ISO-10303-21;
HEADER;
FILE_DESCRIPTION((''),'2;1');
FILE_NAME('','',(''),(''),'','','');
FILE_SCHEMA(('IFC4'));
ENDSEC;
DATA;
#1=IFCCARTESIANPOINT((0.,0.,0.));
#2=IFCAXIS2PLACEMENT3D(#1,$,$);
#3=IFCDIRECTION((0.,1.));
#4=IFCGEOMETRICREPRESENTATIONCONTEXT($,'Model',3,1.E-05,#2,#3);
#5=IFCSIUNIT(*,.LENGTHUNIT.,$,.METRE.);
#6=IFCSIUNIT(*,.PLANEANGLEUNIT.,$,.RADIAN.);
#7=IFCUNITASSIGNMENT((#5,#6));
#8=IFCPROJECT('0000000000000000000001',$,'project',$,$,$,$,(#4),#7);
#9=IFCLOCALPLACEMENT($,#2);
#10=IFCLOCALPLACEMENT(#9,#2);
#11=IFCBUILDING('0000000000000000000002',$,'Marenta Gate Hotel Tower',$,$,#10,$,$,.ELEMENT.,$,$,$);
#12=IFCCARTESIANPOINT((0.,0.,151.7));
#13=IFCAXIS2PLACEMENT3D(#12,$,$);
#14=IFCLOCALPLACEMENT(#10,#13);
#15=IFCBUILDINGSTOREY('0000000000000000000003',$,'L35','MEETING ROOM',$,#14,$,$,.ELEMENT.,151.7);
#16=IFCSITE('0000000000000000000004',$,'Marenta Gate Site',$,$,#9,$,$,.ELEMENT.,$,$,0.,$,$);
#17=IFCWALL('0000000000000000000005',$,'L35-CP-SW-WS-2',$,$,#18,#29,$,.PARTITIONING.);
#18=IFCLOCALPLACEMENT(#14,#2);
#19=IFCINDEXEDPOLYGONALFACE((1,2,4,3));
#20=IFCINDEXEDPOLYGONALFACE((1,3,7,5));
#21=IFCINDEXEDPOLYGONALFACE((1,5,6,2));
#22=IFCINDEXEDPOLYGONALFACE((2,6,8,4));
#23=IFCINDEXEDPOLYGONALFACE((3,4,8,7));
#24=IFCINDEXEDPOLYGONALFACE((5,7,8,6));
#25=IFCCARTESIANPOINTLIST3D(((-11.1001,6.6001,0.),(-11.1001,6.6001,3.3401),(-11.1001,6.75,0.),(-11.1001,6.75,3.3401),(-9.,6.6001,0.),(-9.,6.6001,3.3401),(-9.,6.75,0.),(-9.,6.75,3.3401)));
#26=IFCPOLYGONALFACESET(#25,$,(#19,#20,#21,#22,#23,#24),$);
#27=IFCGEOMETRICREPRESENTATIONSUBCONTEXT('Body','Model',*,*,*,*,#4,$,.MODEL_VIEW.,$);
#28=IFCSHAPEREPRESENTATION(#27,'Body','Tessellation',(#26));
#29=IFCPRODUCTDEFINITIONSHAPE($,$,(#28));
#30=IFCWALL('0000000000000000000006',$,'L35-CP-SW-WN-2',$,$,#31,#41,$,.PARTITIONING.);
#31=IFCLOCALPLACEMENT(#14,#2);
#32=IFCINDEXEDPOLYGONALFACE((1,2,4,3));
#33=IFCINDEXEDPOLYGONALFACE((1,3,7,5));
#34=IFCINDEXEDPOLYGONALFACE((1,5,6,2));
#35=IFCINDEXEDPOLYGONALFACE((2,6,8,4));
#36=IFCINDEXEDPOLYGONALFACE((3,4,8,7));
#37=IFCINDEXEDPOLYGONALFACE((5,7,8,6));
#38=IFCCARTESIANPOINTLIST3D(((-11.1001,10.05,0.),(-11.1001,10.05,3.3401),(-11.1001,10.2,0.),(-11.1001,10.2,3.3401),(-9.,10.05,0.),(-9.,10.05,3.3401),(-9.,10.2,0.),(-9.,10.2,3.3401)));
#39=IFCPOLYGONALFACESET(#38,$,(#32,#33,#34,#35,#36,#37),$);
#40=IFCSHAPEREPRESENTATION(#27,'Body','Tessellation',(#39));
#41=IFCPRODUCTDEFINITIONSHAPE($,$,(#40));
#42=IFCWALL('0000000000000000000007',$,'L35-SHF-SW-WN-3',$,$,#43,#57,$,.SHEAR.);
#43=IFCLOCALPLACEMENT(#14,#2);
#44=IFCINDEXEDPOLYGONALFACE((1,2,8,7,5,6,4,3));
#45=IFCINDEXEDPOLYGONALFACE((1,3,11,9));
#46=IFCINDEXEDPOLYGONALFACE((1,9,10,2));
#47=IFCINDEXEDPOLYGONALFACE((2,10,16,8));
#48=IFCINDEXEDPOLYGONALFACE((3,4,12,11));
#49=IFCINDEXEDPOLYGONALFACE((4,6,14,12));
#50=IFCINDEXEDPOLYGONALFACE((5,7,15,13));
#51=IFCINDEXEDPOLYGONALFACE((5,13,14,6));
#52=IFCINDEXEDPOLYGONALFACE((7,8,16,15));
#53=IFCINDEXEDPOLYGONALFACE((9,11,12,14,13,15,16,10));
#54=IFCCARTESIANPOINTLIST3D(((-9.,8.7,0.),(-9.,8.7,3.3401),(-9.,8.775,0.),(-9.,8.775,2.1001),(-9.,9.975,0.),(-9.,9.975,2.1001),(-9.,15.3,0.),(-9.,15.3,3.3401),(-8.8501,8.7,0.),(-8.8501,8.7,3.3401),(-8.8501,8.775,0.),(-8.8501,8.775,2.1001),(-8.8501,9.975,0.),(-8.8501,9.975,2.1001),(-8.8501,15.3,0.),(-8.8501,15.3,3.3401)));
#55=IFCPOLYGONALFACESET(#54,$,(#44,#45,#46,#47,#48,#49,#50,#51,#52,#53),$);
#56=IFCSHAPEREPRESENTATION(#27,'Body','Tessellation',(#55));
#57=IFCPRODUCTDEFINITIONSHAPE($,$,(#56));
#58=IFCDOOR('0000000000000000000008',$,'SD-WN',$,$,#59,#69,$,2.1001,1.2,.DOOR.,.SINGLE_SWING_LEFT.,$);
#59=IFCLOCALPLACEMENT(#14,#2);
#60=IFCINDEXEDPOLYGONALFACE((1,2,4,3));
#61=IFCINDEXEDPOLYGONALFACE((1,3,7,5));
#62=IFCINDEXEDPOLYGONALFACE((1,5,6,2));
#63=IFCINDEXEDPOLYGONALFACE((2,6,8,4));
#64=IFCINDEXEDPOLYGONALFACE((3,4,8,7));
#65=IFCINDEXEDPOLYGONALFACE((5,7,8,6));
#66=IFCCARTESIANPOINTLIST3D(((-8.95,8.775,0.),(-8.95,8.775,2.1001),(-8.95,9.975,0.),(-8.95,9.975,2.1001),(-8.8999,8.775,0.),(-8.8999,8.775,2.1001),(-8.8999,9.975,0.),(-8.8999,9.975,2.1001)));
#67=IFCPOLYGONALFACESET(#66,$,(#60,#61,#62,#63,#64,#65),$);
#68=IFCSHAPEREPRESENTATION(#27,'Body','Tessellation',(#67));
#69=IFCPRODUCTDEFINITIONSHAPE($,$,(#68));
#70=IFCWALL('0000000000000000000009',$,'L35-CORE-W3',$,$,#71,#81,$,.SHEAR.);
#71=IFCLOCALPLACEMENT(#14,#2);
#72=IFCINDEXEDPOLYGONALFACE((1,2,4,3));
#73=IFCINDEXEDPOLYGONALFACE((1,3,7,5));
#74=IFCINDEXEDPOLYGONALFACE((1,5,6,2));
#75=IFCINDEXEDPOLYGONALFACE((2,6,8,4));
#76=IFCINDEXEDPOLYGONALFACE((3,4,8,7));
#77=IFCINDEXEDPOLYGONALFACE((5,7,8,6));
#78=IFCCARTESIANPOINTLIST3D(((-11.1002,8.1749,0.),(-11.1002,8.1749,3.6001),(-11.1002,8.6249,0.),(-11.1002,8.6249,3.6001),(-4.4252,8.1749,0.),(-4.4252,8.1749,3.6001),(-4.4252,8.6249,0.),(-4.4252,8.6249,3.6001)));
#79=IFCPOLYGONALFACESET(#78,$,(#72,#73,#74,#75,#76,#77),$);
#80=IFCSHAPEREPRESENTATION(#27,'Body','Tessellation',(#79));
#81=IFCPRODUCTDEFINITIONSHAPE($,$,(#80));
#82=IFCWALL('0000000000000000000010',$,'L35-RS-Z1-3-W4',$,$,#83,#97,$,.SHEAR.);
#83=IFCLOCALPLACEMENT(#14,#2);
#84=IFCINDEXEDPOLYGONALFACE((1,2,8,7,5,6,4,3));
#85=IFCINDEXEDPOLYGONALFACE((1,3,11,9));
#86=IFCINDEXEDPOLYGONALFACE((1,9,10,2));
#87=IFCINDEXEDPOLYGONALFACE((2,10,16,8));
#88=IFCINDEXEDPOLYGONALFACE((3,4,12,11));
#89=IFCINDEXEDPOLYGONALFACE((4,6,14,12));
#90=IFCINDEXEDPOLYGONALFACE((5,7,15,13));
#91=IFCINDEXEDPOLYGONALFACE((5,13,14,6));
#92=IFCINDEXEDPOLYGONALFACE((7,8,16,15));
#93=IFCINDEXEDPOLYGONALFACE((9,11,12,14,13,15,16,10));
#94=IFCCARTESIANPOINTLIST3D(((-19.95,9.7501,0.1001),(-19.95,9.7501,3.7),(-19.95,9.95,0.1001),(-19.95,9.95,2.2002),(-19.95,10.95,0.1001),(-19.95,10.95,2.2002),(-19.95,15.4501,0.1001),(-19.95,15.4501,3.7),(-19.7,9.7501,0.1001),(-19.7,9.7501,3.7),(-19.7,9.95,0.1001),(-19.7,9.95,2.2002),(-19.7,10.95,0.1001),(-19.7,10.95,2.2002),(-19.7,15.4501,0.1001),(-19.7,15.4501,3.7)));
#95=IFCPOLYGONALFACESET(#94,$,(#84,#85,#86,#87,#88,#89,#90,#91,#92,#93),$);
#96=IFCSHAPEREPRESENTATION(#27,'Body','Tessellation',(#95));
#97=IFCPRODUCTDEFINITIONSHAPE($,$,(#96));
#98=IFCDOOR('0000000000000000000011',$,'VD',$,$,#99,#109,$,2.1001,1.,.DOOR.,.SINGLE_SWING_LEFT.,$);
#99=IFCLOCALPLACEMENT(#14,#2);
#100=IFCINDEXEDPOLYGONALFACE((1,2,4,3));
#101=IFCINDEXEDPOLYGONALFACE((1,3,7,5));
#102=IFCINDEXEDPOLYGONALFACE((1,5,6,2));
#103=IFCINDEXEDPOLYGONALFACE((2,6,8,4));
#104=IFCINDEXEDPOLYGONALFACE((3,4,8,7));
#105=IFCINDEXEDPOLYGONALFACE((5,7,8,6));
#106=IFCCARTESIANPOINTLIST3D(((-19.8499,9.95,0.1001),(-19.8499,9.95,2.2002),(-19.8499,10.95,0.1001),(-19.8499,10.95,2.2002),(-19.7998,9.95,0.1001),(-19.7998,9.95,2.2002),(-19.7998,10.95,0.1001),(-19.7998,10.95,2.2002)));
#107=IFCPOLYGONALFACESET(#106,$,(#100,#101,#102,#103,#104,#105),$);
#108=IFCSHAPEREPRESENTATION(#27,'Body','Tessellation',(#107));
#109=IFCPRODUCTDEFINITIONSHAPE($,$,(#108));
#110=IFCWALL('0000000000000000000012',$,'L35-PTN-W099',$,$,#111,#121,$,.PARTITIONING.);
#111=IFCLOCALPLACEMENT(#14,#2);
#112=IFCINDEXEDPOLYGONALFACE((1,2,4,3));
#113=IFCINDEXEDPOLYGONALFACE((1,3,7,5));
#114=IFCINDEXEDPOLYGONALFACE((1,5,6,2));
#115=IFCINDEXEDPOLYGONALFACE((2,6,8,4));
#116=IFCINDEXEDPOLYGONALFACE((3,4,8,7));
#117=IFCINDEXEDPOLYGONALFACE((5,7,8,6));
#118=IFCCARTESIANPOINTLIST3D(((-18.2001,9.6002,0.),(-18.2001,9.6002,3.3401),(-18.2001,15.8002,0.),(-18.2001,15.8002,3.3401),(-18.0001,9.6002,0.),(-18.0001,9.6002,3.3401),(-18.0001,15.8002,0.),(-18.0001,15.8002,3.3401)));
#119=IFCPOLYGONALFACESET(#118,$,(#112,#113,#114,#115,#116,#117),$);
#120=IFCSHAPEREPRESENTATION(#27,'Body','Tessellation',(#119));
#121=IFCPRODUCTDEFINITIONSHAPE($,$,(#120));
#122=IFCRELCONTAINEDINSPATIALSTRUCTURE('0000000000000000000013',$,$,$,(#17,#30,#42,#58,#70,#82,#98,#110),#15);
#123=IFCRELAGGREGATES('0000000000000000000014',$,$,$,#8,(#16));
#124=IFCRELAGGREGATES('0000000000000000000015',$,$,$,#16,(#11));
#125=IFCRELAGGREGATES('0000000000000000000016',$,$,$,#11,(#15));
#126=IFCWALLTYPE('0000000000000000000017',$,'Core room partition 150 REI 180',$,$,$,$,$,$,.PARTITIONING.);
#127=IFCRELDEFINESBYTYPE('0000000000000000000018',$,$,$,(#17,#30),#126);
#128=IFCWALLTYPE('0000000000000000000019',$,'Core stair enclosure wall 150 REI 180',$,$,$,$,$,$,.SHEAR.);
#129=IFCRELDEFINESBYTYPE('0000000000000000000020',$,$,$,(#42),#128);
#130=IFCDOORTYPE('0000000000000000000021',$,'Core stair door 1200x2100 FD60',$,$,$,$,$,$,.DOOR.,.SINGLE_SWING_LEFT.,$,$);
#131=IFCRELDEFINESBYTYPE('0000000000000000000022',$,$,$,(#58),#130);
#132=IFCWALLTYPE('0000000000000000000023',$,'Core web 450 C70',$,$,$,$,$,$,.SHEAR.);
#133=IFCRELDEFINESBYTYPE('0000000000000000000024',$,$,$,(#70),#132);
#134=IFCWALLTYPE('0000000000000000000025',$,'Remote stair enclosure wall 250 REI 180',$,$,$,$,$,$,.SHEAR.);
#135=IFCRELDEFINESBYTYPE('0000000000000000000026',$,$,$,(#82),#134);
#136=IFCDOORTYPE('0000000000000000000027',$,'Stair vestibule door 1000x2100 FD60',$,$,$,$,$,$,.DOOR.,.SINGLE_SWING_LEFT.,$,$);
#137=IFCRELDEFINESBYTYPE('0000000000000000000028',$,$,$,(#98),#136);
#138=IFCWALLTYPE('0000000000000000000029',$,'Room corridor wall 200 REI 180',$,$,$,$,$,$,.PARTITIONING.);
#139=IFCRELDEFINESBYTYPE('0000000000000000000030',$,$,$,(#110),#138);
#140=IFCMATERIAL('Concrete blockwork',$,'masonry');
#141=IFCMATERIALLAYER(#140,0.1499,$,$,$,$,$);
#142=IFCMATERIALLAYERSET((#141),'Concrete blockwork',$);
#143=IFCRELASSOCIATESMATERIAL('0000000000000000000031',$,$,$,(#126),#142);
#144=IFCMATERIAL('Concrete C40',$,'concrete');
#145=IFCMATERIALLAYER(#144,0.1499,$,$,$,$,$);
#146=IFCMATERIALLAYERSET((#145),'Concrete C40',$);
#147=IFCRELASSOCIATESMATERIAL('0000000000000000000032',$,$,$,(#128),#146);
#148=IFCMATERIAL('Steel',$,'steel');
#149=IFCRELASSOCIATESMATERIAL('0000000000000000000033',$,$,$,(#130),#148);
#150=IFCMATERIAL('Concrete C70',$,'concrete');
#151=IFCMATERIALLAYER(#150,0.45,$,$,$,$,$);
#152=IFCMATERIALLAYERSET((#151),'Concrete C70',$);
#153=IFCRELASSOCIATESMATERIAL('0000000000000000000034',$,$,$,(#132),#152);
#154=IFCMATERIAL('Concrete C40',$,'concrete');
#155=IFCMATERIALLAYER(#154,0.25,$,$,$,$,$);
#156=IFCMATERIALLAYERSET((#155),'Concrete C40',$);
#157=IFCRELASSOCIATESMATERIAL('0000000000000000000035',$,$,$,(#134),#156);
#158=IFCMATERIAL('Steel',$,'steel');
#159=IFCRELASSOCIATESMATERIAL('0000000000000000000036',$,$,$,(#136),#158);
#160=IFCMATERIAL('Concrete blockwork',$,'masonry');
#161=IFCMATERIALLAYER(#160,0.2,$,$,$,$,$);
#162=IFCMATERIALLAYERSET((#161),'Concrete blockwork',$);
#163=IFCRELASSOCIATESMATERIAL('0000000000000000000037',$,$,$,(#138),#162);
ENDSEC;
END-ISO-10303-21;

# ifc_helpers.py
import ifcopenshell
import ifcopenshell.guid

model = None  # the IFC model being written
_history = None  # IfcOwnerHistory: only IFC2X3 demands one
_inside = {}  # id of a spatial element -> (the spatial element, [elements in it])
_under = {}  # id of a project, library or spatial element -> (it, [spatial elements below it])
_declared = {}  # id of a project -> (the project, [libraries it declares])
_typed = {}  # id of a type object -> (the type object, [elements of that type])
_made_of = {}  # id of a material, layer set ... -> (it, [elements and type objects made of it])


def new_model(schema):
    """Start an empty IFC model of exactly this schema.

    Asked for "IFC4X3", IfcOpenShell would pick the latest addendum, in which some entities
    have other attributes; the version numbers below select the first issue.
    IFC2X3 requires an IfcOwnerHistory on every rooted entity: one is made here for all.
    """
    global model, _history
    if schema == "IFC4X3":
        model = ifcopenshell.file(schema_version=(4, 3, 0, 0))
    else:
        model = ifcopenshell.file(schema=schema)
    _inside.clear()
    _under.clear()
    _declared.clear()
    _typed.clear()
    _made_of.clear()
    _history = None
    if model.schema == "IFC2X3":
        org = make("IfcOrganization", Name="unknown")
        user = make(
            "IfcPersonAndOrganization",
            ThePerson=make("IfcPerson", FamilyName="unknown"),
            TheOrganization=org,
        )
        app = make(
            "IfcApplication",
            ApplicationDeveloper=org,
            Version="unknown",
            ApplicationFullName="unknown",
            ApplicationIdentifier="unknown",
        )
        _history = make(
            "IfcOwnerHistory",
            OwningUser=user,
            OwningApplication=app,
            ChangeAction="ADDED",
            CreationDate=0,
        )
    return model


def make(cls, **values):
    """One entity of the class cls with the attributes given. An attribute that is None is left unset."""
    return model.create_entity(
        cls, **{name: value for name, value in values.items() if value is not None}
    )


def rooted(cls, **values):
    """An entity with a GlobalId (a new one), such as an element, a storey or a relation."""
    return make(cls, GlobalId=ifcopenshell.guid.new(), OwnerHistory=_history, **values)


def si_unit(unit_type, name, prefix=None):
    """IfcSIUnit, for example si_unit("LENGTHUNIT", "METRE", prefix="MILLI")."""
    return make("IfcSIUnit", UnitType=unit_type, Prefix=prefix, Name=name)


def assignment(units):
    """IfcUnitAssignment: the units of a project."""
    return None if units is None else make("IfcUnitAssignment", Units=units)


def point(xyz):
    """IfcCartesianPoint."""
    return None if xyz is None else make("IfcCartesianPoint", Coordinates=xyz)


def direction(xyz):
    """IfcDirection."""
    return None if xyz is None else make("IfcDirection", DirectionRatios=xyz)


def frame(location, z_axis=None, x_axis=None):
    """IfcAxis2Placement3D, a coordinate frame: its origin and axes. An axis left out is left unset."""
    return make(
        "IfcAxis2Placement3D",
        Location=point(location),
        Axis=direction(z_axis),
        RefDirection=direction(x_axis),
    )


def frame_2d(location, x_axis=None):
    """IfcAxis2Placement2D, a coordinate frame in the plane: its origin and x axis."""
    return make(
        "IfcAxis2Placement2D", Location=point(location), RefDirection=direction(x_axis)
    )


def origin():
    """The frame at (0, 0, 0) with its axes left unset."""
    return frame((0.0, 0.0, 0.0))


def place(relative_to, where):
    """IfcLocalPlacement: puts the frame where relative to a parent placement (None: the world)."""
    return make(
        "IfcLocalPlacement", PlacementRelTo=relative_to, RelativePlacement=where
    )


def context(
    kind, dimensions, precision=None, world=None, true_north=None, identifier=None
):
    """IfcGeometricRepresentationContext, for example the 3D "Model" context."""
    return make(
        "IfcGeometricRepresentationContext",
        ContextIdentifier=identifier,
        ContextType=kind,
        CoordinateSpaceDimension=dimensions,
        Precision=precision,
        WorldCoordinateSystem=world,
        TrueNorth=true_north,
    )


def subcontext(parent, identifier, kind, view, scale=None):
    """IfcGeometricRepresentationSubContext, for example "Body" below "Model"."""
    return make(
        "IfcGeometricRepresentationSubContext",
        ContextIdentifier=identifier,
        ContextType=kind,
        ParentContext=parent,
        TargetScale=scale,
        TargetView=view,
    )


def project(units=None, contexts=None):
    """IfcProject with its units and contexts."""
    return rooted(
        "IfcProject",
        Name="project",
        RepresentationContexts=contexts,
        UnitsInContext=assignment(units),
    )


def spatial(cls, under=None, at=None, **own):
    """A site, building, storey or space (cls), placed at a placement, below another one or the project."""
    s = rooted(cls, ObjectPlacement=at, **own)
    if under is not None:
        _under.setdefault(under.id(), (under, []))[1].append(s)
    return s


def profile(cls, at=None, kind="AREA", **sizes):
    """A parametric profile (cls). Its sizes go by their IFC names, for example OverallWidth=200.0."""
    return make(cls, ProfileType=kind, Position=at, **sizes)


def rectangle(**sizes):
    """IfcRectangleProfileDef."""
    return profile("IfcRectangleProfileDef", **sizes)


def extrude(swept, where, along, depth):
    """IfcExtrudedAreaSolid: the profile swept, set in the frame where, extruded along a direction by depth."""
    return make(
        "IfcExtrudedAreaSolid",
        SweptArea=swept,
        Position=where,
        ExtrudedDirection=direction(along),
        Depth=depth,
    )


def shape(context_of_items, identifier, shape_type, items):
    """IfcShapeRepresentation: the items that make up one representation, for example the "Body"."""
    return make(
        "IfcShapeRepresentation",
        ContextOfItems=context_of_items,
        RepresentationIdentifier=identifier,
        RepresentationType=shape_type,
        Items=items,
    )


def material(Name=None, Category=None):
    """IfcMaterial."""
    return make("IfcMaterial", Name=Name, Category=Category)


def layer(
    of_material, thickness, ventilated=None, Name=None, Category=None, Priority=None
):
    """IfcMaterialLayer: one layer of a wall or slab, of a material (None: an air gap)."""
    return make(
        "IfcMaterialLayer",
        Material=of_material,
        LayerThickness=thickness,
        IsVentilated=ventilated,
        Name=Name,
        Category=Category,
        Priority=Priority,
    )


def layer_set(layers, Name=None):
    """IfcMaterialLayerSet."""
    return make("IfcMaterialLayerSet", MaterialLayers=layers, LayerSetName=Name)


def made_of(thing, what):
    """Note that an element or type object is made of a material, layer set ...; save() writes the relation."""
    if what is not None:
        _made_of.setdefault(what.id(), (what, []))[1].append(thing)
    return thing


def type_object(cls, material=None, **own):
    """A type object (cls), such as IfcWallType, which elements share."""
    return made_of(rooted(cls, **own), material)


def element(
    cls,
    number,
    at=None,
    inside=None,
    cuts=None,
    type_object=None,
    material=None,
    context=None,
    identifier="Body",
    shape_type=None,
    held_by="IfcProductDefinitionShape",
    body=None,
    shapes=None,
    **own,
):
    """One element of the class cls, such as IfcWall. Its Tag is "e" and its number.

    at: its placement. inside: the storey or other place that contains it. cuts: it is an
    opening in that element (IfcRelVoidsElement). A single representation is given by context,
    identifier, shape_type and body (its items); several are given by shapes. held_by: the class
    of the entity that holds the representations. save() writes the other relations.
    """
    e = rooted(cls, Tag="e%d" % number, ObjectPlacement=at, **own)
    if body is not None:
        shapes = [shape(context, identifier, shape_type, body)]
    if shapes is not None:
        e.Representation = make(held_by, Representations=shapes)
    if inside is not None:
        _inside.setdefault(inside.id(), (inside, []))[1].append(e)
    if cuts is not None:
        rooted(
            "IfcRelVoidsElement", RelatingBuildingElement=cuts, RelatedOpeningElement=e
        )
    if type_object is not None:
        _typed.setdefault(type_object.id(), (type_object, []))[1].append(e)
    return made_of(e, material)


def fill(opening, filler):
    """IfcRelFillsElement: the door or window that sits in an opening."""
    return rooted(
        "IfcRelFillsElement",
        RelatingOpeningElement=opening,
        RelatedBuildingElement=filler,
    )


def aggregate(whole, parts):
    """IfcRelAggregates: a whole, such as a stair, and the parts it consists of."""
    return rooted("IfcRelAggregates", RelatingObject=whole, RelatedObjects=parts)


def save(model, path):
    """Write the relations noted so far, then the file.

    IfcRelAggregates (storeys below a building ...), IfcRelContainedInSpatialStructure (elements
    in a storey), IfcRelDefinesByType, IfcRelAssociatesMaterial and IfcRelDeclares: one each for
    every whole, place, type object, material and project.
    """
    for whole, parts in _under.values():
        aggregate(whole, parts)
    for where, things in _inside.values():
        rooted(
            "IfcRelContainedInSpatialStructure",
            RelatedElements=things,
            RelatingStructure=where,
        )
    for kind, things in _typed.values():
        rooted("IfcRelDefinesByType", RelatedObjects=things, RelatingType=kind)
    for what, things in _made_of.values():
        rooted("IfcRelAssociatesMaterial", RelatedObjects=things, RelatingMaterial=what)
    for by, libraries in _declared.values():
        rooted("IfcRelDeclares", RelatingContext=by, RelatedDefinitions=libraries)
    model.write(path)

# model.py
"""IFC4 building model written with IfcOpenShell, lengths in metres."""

from ifc_helpers import new_model, si_unit, direction, frame, frame_2d, origin, place, context, subcontext, project, spatial, rectangle, extrude, material, layer, layer_set, type_object, element, fill, save


model = new_model("IFC4")

# Units and contexts
model_context = context("Model", 3, precision=1e-05, world=origin(), true_north=direction((0.0, 1.0)))
body_context = subcontext(model_context, "Body", "Model", "MODEL_VIEW")
ifc_project = project(units=[si_unit("LENGTHUNIT", "METRE"), si_unit("PLANEANGLEUNIT", "RADIAN")], contexts=[model_context])

# Site, building, storey
site_placement = place(None, origin())
site = spatial("IfcSite", under=ifc_project, at=site_placement, Name="Marenta Gate Site", CompositionType="ELEMENT", RefElevation=0.0)
building_placement = place(site_placement, origin())
building = spatial("IfcBuilding", under=site, at=building_placement, Name="Marenta Gate Hotel Tower", CompositionType="ELEMENT")
storey_placement = place(building_placement, frame((0.0, 0.0, 151.7)))
storey = spatial("IfcBuildingStorey", under=building, at=storey_placement, Name="L35", Description="MEETING ROOM", CompositionType="ELEMENT", Elevation=151.7)

# Walls
ifc_material_1 = material(Name="Concrete blockwork", Category="masonry")
ifc_layer_1 = layer(ifc_material_1, 0.1499)
ifc_layer_set_1 = layer_set([ifc_layer_1], Name="Concrete blockwork")
wall_type_1 = type_object("IfcWallType", Name="Core room partition 150 REI 180", PredefinedType="PARTITIONING", material=ifc_layer_set_1)
for number, where, z_axis, x_axis, name in (
    (1, (-11.1001, 6.675, 0.0), (0.0, 0.0, 1.0), (1.0, 0.0, 0.0), "L35-CP-SW-WS-2"),
    (2, (-11.1001, 10.125, 0.0), (0.0, 0.0, 1.0), (1.0, 0.0, 0.0), "L35-CP-SW-WN-2"),
):
    element("IfcWall", number, at=place(storey_placement, frame(where, z_axis=z_axis, x_axis=x_axis)), inside=storey, type_object=wall_type_1, Name=name, PredefinedType="PARTITIONING", context=body_context, shape_type="SweptSolid", body=[
        extrude(rectangle(XDim=2.1001, YDim=0.1499, at=frame_2d((1.05, 0.0))), origin(), (0.0, 0.0, 1.0), 3.3401),
    ])

# Wall, opening, door
ifc_material_2 = material(Name="Concrete C40", Category="concrete")
ifc_layer_2 = layer(ifc_material_2, 0.1499)
ifc_layer_set_2 = layer_set([ifc_layer_2], Name="Concrete C40")
wall_type_2 = type_object("IfcWallType", Name="Core stair enclosure wall 150 REI 180", PredefinedType="SHEAR", material=ifc_layer_set_2)
wall_1_placement = place(storey_placement, frame((-8.925, 8.7, 0.0), z_axis=(0.0, 0.0, 1.0), x_axis=(0.0, 1.0, 0.0)))
wall_1 = element("IfcWall", 3, at=wall_1_placement, inside=storey, type_object=wall_type_2, Name="L35-SHF-SW-WN-3", PredefinedType="SHEAR", context=body_context, shape_type="SweptSolid", body=[
    extrude(rectangle(XDim=6.6001, YDim=0.1499, at=frame_2d((3.3, 0.0))), origin(), (0.0, 0.0, 1.0), 3.3401),
])
opening_1_placement = place(wall_1_placement, frame((0.075, 0.0, 0.0)))
opening_1 = element("IfcOpeningElement", 4, at=opening_1_placement, cuts=wall_1, PredefinedType="OPENING", context=body_context, shape_type="SweptSolid", body=[
    extrude(rectangle(XDim=1.2, YDim=2.1001, at=frame_2d((0.6001, 1.05))), frame((0.0, 0.075, 0.0), z_axis=(0.0, -1.0, 0.0), x_axis=(1.0, 0.0, 0.0)), (0.0, 0.0, 1.0), 0.1499),
])
ifc_material_3 = material(Name="Steel", Category="steel")
door_type_1 = type_object("IfcDoorType", Name="Core stair door 1200x2100 FD60", OperationType="SINGLE_SWING_LEFT", PredefinedType="DOOR", material=ifc_material_3)
door_1_placement = place(opening_1_placement, origin())
door_1 = element("IfcDoor", 5, at=door_1_placement, inside=storey, type_object=door_type_1, Name="SD-WN", OperationType="SINGLE_SWING_LEFT", OverallHeight=2.1001, OverallWidth=1.2, PredefinedType="DOOR", context=body_context, shape_type="SweptSolid", body=[
    extrude(rectangle(XDim=1.2, YDim=2.1001, at=frame_2d((0.6001, 1.05))), frame((0.0, 0.0249, 0.0), z_axis=(0.0, -1.0, 0.0), x_axis=(1.0, 0.0, 0.0)), (0.0, 0.0, 1.0), 0.05),
])
fill(opening_1, door_1)

# Wall
ifc_material_4 = material(Name="Concrete C70", Category="concrete")
ifc_layer_3 = layer(ifc_material_4, 0.45)
ifc_layer_set_3 = layer_set([ifc_layer_3], Name="Concrete C70")
wall_type_3 = type_object("IfcWallType", Name="Core web 450 C70", PredefinedType="SHEAR", material=ifc_layer_set_3)
wall_2_placement = place(storey_placement, frame((-11.1001, 8.3999, 0.0), z_axis=(0.0, 0.0, 1.0), x_axis=(1.0, 0.0, 0.0)))
element("IfcWall", 6, at=wall_2_placement, inside=storey, type_object=wall_type_3, Name="L35-CORE-W3", PredefinedType="SHEAR", context=body_context, shape_type="SweptSolid", body=[
    extrude(rectangle(XDim=6.675, YDim=0.45, at=frame_2d((3.3374, 0.0))), origin(), (0.0, 0.0, 1.0), 3.6001),
])

# Wall, opening, door
ifc_material_5 = material(Name="Concrete C40", Category="concrete")
ifc_layer_4 = layer(ifc_material_5, 0.25)
ifc_layer_set_4 = layer_set([ifc_layer_4], Name="Concrete C40")
wall_type_4 = type_object("IfcWallType", Name="Remote stair enclosure wall 250 REI 180", PredefinedType="SHEAR", material=ifc_layer_set_4)
wall_3_placement = place(storey_placement, frame((-19.825, 9.75, 0.1001), z_axis=(0.0, 0.0, 1.0), x_axis=(0.0, 1.0, 0.0)))
wall_3 = element("IfcWall", 7, at=wall_3_placement, inside=storey, type_object=wall_type_4, Name="L35-RS-Z1-3-W4", PredefinedType="SHEAR", context=body_context, shape_type="SweptSolid", body=[
    extrude(rectangle(XDim=5.7, YDim=0.25, at=frame_2d((2.8501, 0.0))), origin(), (0.0, 0.0, 1.0), 3.5999),
])
opening_2_placement = place(wall_3_placement, frame((0.2, 0.0, 0.0)))
opening_2 = element("IfcOpeningElement", 8, at=opening_2_placement, cuts=wall_3, PredefinedType="OPENING", context=body_context, shape_type="SweptSolid", body=[
    extrude(rectangle(XDim=1.0, YDim=2.1001, at=frame_2d((0.5, 1.05))), frame((0.0, 0.125, 0.0), z_axis=(0.0, -1.0, 0.0), x_axis=(1.0, 0.0, 0.0)), (0.0, 0.0, 1.0), 0.25),
])
ifc_material_6 = material(Name="Steel", Category="steel")
door_type_2 = type_object("IfcDoorType", Name="Stair vestibule door 1000x2100 FD60", OperationType="SINGLE_SWING_LEFT", PredefinedType="DOOR", material=ifc_material_6)
door_2_placement = place(opening_2_placement, origin())
door_2 = element("IfcDoor", 9, at=door_2_placement, inside=storey, type_object=door_type_2, Name="VD", OperationType="SINGLE_SWING_LEFT", OverallHeight=2.1001, OverallWidth=1.0, PredefinedType="DOOR", context=body_context, shape_type="SweptSolid", body=[
    extrude(rectangle(XDim=1.0, YDim=2.1001, at=frame_2d((0.5, 1.05))), frame((0.0, 0.0249, 0.0), z_axis=(0.0, -1.0, 0.0), x_axis=(1.0, 0.0, 0.0)), (0.0, 0.0, 1.0), 0.05),
])
fill(opening_2, door_2)
ifc_material_7 = material(Name="Concrete blockwork", Category="masonry")
ifc_layer_5 = layer(ifc_material_7, 0.2)
ifc_layer_set_5 = layer_set([ifc_layer_5], Name="Concrete blockwork")
wall_type_5 = type_object("IfcWallType", Name="Room corridor wall 200 REI 180", PredefinedType="PARTITIONING", material=ifc_layer_set_5)

# Wall
wall_4_placement = place(storey_placement, frame((-18.1001, 9.6001, 0.0), z_axis=(0.0, 0.0, 1.0), x_axis=(0.0, 1.0, 0.0)))
element("IfcWall", 10, at=wall_4_placement, inside=storey, type_object=wall_type_5, Name="L35-PTN-W099", PredefinedType="PARTITIONING", context=body_context, shape_type="SweptSolid", body=[
    extrude(rectangle(XDim=6.2, YDim=0.2, at=frame_2d((3.1001, 0.0))), origin(), (0.0, 0.0, 1.0), 3.3401),
])

save(model, "model.ifc")
